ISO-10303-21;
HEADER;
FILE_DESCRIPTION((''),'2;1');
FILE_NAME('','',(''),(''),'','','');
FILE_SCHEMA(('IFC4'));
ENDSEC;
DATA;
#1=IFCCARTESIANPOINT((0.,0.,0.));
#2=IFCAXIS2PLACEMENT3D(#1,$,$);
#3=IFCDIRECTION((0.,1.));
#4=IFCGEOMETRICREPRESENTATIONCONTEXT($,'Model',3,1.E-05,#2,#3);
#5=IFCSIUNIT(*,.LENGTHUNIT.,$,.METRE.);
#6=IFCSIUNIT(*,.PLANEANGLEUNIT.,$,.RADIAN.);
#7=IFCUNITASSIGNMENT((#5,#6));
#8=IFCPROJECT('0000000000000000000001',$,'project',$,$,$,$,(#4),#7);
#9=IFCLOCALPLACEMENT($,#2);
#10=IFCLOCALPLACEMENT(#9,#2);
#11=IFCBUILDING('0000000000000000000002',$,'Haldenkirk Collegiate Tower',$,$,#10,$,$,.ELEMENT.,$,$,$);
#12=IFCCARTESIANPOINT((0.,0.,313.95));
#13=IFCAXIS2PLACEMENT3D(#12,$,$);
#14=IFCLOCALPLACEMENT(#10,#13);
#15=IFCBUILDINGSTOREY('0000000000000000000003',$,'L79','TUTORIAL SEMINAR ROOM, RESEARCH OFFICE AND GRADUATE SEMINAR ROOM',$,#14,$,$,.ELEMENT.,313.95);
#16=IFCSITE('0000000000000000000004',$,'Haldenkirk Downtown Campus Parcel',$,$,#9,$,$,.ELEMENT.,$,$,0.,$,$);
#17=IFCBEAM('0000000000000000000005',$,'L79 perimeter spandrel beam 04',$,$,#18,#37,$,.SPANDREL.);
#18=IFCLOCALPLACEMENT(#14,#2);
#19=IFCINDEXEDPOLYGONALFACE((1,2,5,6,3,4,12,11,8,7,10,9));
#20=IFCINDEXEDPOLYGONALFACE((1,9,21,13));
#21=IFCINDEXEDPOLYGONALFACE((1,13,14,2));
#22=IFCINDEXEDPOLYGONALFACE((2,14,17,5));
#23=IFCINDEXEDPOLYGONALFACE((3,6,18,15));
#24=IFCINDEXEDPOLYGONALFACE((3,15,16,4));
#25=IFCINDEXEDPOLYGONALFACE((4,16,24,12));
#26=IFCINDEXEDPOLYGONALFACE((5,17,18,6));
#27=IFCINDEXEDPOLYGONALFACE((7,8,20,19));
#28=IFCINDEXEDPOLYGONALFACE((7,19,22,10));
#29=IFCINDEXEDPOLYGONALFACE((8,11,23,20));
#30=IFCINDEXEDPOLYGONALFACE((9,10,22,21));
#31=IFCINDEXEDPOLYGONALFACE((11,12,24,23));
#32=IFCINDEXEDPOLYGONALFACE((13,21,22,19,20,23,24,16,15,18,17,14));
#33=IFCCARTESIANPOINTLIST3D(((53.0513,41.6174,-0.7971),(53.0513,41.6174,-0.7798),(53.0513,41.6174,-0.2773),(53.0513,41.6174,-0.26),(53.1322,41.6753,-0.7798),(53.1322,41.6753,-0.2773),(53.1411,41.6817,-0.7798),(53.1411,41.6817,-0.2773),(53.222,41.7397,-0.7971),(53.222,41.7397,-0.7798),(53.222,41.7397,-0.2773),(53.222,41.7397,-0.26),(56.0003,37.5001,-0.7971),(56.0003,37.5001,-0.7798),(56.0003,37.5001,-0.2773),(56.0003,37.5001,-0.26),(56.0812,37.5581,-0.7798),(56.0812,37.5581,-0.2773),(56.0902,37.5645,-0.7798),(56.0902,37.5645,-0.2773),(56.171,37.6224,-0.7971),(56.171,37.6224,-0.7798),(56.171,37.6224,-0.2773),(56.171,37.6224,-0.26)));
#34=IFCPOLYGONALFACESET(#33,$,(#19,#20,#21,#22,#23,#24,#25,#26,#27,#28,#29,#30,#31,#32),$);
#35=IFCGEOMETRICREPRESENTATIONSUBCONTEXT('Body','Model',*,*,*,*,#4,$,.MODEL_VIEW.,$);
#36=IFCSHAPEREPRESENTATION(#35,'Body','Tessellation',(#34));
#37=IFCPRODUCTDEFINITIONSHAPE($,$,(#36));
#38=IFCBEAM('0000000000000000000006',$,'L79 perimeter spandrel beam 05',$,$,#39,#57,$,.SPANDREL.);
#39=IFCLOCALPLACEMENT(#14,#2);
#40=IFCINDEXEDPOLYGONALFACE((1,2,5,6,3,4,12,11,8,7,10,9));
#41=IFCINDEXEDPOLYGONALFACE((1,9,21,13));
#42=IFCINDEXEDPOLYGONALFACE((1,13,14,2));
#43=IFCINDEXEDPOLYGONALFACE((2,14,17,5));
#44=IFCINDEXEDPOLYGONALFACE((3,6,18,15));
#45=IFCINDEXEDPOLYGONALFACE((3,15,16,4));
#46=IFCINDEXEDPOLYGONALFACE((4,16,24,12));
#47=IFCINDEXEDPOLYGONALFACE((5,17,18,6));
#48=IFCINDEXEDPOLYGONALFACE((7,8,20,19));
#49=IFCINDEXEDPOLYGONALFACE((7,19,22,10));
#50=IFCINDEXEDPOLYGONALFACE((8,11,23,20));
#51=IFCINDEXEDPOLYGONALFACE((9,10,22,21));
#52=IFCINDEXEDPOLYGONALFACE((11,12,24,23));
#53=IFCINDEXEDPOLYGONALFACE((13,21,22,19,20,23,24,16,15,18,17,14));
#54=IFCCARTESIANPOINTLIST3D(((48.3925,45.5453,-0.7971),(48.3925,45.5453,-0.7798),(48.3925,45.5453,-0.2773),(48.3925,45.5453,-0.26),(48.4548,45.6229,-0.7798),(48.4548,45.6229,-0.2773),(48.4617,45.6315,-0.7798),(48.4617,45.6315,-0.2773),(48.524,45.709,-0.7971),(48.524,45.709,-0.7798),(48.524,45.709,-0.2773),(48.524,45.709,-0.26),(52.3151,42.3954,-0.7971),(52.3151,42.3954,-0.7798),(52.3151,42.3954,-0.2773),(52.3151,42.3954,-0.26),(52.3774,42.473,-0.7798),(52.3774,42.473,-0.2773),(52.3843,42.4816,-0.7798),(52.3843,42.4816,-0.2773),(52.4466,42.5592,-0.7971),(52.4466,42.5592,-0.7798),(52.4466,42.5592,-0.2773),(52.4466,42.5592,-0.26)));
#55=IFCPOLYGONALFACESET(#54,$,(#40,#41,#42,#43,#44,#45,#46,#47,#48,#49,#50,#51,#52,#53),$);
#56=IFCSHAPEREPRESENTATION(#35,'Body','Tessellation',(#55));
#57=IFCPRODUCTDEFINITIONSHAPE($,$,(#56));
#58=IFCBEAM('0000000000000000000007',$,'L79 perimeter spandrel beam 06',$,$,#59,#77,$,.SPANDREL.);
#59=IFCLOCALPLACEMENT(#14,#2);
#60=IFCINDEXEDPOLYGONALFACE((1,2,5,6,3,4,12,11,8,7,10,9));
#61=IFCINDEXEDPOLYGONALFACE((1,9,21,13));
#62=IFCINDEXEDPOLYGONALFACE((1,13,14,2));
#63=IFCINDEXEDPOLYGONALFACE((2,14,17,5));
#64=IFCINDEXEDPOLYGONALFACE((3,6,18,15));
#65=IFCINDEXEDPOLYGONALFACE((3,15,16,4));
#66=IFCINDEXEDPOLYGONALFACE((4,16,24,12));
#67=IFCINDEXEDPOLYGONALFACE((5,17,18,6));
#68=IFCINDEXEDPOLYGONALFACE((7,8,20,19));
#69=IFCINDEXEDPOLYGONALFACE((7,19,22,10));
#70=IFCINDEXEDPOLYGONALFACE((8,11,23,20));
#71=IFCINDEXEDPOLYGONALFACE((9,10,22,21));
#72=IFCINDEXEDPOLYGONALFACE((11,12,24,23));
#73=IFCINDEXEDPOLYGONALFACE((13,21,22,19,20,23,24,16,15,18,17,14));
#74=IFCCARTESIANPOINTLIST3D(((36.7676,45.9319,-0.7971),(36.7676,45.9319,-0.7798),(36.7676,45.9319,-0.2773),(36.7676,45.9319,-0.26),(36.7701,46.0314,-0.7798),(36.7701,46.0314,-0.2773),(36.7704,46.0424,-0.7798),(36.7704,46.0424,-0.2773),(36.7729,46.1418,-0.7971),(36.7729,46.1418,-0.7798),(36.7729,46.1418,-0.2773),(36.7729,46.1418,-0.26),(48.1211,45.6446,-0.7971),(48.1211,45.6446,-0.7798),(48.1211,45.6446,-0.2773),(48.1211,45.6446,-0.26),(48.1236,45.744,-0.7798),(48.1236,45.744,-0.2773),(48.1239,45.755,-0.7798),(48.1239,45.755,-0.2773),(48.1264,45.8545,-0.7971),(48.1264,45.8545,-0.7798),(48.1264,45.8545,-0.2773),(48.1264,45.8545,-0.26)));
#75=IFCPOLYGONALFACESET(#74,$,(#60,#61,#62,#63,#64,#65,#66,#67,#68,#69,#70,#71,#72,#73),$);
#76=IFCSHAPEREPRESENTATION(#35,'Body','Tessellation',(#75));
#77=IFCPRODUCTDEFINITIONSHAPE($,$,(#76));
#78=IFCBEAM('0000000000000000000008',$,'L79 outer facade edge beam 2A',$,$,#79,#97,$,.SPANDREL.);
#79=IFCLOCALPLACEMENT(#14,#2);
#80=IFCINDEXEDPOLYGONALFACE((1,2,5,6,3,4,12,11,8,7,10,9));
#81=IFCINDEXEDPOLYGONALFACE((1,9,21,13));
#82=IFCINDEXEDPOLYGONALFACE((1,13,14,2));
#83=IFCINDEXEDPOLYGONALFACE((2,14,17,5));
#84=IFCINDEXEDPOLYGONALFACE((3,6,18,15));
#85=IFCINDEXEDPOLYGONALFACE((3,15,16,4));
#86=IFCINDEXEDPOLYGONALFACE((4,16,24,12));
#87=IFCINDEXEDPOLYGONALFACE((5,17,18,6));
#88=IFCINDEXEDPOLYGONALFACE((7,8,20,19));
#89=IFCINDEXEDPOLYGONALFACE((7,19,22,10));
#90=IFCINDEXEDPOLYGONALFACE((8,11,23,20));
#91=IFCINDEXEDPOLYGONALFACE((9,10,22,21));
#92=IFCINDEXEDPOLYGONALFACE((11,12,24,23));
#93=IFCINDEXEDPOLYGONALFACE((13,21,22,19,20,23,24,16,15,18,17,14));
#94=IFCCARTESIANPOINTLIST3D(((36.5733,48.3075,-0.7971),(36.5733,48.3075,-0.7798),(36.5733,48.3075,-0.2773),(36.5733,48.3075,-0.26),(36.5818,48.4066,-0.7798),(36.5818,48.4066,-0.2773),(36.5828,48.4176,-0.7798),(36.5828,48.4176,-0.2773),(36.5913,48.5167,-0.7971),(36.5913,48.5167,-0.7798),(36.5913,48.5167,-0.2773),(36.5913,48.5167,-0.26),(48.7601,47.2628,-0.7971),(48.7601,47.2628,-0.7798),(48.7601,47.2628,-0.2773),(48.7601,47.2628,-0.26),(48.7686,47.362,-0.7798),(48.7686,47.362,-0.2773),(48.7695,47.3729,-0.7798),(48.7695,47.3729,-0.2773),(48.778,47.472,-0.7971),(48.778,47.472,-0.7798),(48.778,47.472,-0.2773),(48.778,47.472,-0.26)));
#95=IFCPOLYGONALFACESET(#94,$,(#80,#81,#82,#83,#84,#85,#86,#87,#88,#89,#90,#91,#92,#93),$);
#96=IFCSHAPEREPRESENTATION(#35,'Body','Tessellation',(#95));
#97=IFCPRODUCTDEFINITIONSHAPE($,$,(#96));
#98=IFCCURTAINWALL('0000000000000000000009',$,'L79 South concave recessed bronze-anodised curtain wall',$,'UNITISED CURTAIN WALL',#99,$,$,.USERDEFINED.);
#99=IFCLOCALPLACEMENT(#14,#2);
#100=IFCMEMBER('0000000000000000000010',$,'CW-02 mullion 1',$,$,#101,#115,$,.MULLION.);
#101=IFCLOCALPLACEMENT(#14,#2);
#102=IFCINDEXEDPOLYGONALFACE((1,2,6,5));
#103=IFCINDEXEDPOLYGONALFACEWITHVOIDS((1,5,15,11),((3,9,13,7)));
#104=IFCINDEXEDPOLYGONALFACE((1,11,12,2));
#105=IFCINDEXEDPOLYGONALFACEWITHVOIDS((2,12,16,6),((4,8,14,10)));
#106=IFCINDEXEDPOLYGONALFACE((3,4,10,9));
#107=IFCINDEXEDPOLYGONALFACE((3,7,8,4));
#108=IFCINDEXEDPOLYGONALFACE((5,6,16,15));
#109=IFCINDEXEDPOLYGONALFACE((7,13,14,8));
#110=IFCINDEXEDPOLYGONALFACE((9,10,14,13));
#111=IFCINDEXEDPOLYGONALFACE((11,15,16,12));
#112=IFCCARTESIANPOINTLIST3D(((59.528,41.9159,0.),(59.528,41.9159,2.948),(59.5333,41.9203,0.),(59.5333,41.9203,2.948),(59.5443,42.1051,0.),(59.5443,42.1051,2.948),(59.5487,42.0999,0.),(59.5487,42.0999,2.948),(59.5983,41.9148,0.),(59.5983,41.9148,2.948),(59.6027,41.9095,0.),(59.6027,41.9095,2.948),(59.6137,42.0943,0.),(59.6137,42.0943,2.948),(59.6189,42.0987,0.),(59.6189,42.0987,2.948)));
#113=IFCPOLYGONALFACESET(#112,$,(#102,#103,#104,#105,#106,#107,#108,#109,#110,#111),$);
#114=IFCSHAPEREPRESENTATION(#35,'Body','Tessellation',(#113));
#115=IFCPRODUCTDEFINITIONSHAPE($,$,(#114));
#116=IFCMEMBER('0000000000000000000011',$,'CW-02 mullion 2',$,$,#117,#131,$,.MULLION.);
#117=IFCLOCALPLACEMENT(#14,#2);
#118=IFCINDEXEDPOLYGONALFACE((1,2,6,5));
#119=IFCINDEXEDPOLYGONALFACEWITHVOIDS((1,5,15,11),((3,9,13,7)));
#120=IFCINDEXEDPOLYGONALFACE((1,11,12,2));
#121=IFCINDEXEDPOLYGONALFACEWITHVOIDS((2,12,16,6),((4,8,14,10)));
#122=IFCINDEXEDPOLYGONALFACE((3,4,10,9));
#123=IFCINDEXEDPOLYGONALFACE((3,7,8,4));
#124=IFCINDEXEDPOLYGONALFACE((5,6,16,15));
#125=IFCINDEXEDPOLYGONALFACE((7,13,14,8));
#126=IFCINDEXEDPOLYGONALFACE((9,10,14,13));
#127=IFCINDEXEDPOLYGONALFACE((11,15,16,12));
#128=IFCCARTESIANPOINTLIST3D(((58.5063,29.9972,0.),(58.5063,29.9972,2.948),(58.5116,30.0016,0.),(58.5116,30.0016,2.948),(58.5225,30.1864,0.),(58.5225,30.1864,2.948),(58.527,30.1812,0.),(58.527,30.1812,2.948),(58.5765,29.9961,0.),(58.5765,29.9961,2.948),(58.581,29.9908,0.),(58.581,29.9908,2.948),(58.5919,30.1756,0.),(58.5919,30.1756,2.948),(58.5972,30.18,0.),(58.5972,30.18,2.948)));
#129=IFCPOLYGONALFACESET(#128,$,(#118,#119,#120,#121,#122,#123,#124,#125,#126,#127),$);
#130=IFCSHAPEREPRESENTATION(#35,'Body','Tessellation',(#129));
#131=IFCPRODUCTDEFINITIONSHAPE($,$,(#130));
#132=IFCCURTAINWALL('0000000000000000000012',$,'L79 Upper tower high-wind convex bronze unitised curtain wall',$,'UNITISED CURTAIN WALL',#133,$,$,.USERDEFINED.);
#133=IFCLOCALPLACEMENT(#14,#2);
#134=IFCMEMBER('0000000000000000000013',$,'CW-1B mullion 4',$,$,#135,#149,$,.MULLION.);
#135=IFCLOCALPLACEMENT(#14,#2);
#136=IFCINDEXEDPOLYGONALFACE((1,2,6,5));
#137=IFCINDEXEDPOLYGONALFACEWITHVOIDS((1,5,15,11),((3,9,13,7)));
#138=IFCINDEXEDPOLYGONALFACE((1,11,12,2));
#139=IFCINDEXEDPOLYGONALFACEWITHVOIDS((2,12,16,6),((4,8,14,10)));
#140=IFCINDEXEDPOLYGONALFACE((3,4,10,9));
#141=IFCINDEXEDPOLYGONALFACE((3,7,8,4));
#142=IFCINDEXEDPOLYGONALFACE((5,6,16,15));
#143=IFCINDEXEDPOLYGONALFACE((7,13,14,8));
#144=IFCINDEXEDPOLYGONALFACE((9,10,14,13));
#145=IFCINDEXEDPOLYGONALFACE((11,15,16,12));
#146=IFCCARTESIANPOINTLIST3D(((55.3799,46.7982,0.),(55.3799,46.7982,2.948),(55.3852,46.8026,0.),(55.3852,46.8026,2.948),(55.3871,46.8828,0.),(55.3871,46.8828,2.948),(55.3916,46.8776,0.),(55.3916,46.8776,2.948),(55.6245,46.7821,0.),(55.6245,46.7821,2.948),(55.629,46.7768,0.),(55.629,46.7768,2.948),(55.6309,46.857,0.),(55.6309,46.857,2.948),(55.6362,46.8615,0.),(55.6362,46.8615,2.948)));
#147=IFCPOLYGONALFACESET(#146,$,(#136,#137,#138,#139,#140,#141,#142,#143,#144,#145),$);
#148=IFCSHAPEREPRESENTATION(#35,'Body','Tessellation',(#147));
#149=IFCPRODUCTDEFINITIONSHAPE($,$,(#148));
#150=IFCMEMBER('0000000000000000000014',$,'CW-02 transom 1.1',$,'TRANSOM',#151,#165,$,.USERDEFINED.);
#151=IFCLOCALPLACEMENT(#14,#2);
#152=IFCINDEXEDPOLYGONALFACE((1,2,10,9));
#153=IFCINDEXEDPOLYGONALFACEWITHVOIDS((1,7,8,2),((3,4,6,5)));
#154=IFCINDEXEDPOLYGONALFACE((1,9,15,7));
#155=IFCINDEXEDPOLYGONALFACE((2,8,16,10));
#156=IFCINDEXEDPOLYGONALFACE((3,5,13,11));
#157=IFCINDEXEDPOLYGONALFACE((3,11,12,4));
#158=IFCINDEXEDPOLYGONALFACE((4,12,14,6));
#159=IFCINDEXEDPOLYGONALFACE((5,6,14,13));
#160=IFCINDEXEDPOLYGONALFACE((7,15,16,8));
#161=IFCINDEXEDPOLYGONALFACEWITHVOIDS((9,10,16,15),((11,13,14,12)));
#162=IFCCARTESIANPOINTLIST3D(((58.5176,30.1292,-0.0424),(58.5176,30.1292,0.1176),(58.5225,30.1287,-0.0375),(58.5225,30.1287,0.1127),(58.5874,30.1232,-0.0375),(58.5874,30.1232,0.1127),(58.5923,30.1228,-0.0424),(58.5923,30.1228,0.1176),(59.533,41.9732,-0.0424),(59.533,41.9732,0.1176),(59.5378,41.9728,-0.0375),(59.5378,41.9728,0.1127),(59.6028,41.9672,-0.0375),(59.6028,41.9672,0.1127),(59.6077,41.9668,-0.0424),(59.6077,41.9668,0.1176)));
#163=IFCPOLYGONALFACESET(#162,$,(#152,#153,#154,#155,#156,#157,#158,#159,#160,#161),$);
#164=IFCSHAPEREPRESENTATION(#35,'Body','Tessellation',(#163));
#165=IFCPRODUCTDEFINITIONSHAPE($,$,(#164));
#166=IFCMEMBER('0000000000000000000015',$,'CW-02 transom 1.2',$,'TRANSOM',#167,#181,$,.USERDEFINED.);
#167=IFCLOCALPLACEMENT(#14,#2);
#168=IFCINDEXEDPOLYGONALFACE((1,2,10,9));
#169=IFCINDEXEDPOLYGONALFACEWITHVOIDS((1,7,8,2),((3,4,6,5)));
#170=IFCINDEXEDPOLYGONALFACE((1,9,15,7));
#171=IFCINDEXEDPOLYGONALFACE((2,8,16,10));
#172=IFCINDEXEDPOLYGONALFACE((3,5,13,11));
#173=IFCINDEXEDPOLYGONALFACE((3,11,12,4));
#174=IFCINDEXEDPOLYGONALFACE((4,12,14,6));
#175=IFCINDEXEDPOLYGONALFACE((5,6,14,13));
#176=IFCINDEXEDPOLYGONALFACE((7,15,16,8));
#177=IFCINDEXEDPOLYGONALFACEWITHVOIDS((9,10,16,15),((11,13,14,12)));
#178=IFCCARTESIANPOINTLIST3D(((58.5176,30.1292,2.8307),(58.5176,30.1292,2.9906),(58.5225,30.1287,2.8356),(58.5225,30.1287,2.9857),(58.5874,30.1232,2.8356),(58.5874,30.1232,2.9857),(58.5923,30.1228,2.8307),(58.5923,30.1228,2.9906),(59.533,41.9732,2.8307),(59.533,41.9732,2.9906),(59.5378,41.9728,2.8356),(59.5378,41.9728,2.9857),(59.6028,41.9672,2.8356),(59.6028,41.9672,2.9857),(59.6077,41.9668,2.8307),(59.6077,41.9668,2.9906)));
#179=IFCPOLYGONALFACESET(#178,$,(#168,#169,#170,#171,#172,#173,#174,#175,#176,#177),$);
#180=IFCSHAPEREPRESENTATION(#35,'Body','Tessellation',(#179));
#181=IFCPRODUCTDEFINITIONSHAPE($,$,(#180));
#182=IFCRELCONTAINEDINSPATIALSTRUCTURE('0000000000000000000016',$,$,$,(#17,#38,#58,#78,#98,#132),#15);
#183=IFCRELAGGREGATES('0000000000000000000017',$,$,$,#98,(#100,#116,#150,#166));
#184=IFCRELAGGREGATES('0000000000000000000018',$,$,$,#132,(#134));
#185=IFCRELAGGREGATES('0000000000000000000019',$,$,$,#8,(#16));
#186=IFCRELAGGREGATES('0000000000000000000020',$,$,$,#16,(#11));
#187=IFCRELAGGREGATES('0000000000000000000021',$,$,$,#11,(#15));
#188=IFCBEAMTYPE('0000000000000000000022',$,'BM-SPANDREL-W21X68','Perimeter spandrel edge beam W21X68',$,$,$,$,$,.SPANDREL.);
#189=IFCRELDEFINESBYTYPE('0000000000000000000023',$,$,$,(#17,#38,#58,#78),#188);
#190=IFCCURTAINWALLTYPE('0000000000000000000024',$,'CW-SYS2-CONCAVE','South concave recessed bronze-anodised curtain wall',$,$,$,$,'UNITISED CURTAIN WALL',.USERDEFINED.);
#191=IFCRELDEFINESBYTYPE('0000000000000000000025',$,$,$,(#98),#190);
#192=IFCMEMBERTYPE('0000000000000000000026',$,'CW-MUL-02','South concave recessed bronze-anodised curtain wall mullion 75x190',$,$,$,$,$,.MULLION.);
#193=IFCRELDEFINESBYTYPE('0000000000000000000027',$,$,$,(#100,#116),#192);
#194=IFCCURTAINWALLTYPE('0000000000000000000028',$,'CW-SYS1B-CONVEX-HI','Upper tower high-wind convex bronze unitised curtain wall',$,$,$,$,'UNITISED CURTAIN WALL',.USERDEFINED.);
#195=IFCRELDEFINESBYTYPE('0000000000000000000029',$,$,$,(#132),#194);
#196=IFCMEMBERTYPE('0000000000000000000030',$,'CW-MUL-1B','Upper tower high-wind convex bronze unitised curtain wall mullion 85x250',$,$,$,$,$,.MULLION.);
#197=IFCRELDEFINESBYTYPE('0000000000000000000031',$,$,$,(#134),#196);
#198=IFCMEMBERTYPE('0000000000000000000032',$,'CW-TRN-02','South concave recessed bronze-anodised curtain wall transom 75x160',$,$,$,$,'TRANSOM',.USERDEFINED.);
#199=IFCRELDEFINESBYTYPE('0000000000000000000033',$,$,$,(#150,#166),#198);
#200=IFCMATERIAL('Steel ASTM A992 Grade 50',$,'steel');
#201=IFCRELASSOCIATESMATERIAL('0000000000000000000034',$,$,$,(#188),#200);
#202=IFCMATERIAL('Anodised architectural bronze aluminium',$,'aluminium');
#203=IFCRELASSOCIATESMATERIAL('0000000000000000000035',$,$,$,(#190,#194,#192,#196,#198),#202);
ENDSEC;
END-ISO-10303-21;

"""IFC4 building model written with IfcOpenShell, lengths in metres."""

from ifc_helpers import new_model, si_unit, direction, frame, origin, origin_2d, place, context, subcontext, project, spatial, hollow_rectangle, i_section, extrude, material, material_profile, profile_set, type_object, element, aggregate, save


model = new_model("IFC4")

# Units and contexts
model_context = context("Model", 3, precision=1e-05, world=origin(), true_north=direction((0.0, 1.0)))
body_context = subcontext(model_context, "Body", "Model", "MODEL_VIEW")
ifc_project = project(units=[si_unit("LENGTHUNIT", "METRE"), si_unit("PLANEANGLEUNIT", "RADIAN")], contexts=[model_context])

# Site, building, storey
site_placement = place(None, origin())
site = spatial("IfcSite", under=ifc_project, at=site_placement, Name="Haldenkirk Downtown Campus Parcel", CompositionType="ELEMENT", RefElevation=0.0)
building_placement = place(site_placement, origin())
building = spatial("IfcBuilding", under=site, at=building_placement, Name="Haldenkirk Collegiate Tower", CompositionType="ELEMENT")
storey_placement = place(building_placement, frame((0.0, 0.0, 313.95)))
storey = spatial("IfcBuildingStorey", under=building, at=storey_placement, Name="L79", Description="TUTORIAL SEMINAR ROOM, RESEARCH OFFICE AND GRADUATE SEMINAR ROOM", CompositionType="ELEMENT", Elevation=313.95)

# Beams
ifc_material_1 = material(Name="Steel ASTM A992 Grade 50", Category="steel")
ifc_material_profile_1 = material_profile(ifc_material_1, i_section(OverallWidth=0.21, OverallDepth=0.5371, WebThickness=0.011, FlangeThickness=0.0173, at=origin_2d()), Name="W21X68")
ifc_profile_set_1 = profile_set([ifc_material_profile_1], Name="Steel ASTM A992 Grade 50")
beam_type_1 = type_object("IfcBeamType", Name="BM-SPANDREL-W21X68", Description="Perimeter spandrel edge beam W21X68", PredefinedType="SPANDREL", material=ifc_profile_set_1)
beam_1_placement = place(storey_placement, frame((56.0857, 37.5613, -0.5286), z_axis=(-0.5823, 0.812974, 0.0), x_axis=(-0.812974, -0.5823, 0.0)))
element("IfcBeam", 1, at=beam_1_placement, inside=storey, type_object=beam_type_1, Name="L79 perimeter spandrel beam 04", PredefinedType="SPANDREL", context=body_context, shape_type="SweptSolid", body=[
    extrude(i_section(OverallWidth=0.21, OverallDepth=0.5371, WebThickness=0.011, FlangeThickness=0.0173, at=origin_2d()), origin(), (0.0, 0.0, 1.0), 5.0645),
])
beam_2_placement = place(storey_placement, frame((52.3809, 42.4773, -0.5286), z_axis=(-0.779722, 0.626126, 0.0), x_axis=(-0.626126, -0.779722, 0.0)))
element("IfcBeam", 2, at=beam_2_placement, inside=storey, type_object=beam_type_1, Name="L79 perimeter spandrel beam 05", PredefinedType="SPANDREL", context=body_context, shape_type="SweptSolid", body=[
    extrude(i_section(OverallWidth=0.21, OverallDepth=0.5371, WebThickness=0.011, FlangeThickness=0.0173, at=origin_2d()), origin(), (0.0, 0.0, 1.0), 5.0308),
])
beam_3_placement = place(storey_placement, frame((48.1238, 45.7495, -0.5286), z_axis=(-0.99968, 0.025302, 0.0), x_axis=(-0.025302, -0.99968, 0.0)))
element("IfcBeam", 3, at=beam_3_placement, inside=storey, type_object=beam_type_1, Name="L79 perimeter spandrel beam 06", PredefinedType="SPANDREL", context=body_context, shape_type="SweptSolid", body=[
    extrude(i_section(OverallWidth=0.21, OverallDepth=0.5371, WebThickness=0.011, FlangeThickness=0.0173, at=origin_2d()), origin(), (0.0, 0.0, 1.0), 11.3572),
])
beam_4_placement = place(storey_placement, frame((48.769, 47.3674, -0.5286), z_axis=(-0.996346, 0.085409, 0.0), x_axis=(-0.085409, -0.996346, 0.0)))
element("IfcBeam", 4, at=beam_4_placement, inside=storey, type_object=beam_type_1, Name="L79 outer facade edge beam 2A", PredefinedType="SPANDREL", context=body_context, shape_type="SweptSolid", body=[
    extrude(i_section(OverallWidth=0.21, OverallDepth=0.5371, WebThickness=0.011, FlangeThickness=0.0173, at=origin_2d()), origin(), (0.0, 0.0, 1.0), 12.2314),
])

# Curtain wall, members
ifc_material_2 = material(Name="Anodised architectural bronze aluminium", Category="aluminium")
curtain_wall_type_1 = type_object("IfcCurtainWallType", Name="CW-SYS2-CONCAVE", Description="South concave recessed bronze-anodised curtain wall", ElementType="UNITISED CURTAIN WALL", PredefinedType="USERDEFINED", material=ifc_material_2)
curtain_wall_1_placement = place(storey_placement, origin())
curtain_wall_1 = element("IfcCurtainWall", 5, at=curtain_wall_1_placement, inside=storey, type_object=curtain_wall_type_1, Name="L79 South concave recessed bronze-anodised curtain wall", ObjectType="UNITISED CURTAIN WALL", PredefinedType="USERDEFINED")
ifc_material_profile_2 = material_profile(ifc_material_2, hollow_rectangle(XDim=0.075, YDim=0.1899, WallThickness=0.0049, at=origin_2d()), Name="CW-MUL-02")
ifc_profile_set_2 = profile_set([ifc_material_profile_2], Name="Anodised architectural bronze aluminium")
member_type_1 = type_object("IfcMemberType", Name="CW-MUL-02", Description="South concave recessed bronze-anodised curtain wall mullion 75x190", PredefinedType="MULLION", material=ifc_profile_set_2)
member_1_placement = place(storey_placement, frame((59.5735, 42.0073, 0.0), z_axis=(0.0, 0.0, 1.0), x_axis=(0.996345, -0.085417, 0.0)))
member_1 = element("IfcMember", 6, at=member_1_placement, type_object=member_type_1, Name="CW-02 mullion 1", PredefinedType="MULLION", context=body_context, shape_type="SweptSolid", body=[
    extrude(hollow_rectangle(XDim=0.075, YDim=0.1899, WallThickness=0.0049, at=origin_2d()), origin(), (0.0, 0.0, 1.0), 2.948),
])
member_2_placement = place(storey_placement, frame((58.5518, 30.0886, 0.0), z_axis=(0.0, 0.0, 1.0), x_axis=(0.996345, -0.085417, 0.0)))
member_2 = element("IfcMember", 7, at=member_2_placement, type_object=member_type_1, Name="CW-02 mullion 2", PredefinedType="MULLION", context=body_context, shape_type="SweptSolid", body=[
    extrude(hollow_rectangle(XDim=0.075, YDim=0.1899, WallThickness=0.0049, at=origin_2d()), origin(), (0.0, 0.0, 1.0), 2.948),
])

# Curtain wall, member
curtain_wall_type_2 = type_object("IfcCurtainWallType", Name="CW-SYS1B-CONVEX-HI", Description="Upper tower high-wind convex bronze unitised curtain wall", ElementType="UNITISED CURTAIN WALL", PredefinedType="USERDEFINED", material=ifc_material_2)
curtain_wall_2_placement = place(storey_placement, origin())
curtain_wall_2 = element("IfcCurtainWall", 8, at=curtain_wall_2_placement, inside=storey, type_object=curtain_wall_type_2, Name="L79 Upper tower high-wind convex bronze unitised curtain wall", ObjectType="UNITISED CURTAIN WALL", PredefinedType="USERDEFINED")
ifc_material_profile_3 = material_profile(ifc_material_2, hollow_rectangle(XDim=0.085, YDim=0.25, WallThickness=0.0049, at=origin_2d()), Name="CW-MUL-1B")
ifc_profile_set_3 = profile_set([ifc_material_profile_3], Name="Anodised architectural bronze aluminium")
member_type_2 = type_object("IfcMemberType", Name="CW-MUL-1B", Description="Upper tower high-wind convex bronze unitised curtain wall mullion 85x250", PredefinedType="MULLION", material=ifc_profile_set_3)
member_3_placement = place(storey_placement, frame((55.5081, 46.8298, 0.0), z_axis=(0.0, 0.0, 1.0), x_axis=(0.085418, 0.996345, 0.0)))
member_3 = element("IfcMember", 9, at=member_3_placement, type_object=member_type_2, Name="CW-1B mullion 4", PredefinedType="MULLION", context=body_context, shape_type="SweptSolid", body=[
    extrude(hollow_rectangle(XDim=0.085, YDim=0.25, WallThickness=0.0049, at=origin_2d()), origin(), (0.0, 0.0, 1.0), 2.948),
])

# Members
ifc_material_profile_4 = material_profile(ifc_material_2, hollow_rectangle(XDim=0.075, YDim=0.1599, WallThickness=0.0049, at=origin_2d()), Name="CW-TRN-02")
ifc_profile_set_4 = profile_set([ifc_material_profile_4], Name="Anodised architectural bronze aluminium")
member_type_3 = type_object("IfcMemberType", Name="CW-TRN-02", Description="South concave recessed bronze-anodised curtain wall transom 75x160", ElementType="TRANSOM", PredefinedType="USERDEFINED", material=ifc_profile_set_4)
member_4_placement = place(storey_placement, frame((59.5703, 41.97, 0.0376), z_axis=(-0.085416, -0.996345, 0.0), x_axis=(0.996345, -0.085416, 0.0)))
member_4 = element("IfcMember", 10, at=member_4_placement, type_object=member_type_3, Name="CW-02 transom 1.1", ObjectType="TRANSOM", PredefinedType="USERDEFINED", context=body_context, shape_type="SweptSolid", body=[
    extrude(hollow_rectangle(XDim=0.075, YDim=0.1599, WallThickness=0.0049, at=origin_2d()), origin(), (0.0, 0.0, 1.0), 11.8875),
])
member_5_placement = place(storey_placement, frame((59.5703, 41.97, 2.9106), z_axis=(-0.085416, -0.996345, 0.0), x_axis=(0.996345, -0.085416, 0.0)))
member_5 = element("IfcMember", 11, at=member_5_placement, type_object=member_type_3, Name="CW-02 transom 1.2", ObjectType="TRANSOM", PredefinedType="USERDEFINED", context=body_context, shape_type="SweptSolid", body=[
    extrude(hollow_rectangle(XDim=0.075, YDim=0.1599, WallThickness=0.0049, at=origin_2d()), origin(), (0.0, 0.0, 1.0), 11.8875),
])

aggregate(curtain_wall_1, [member_1, member_2, member_4, member_5])
aggregate(curtain_wall_2, [member_3])

save(model, "model.ifc")
